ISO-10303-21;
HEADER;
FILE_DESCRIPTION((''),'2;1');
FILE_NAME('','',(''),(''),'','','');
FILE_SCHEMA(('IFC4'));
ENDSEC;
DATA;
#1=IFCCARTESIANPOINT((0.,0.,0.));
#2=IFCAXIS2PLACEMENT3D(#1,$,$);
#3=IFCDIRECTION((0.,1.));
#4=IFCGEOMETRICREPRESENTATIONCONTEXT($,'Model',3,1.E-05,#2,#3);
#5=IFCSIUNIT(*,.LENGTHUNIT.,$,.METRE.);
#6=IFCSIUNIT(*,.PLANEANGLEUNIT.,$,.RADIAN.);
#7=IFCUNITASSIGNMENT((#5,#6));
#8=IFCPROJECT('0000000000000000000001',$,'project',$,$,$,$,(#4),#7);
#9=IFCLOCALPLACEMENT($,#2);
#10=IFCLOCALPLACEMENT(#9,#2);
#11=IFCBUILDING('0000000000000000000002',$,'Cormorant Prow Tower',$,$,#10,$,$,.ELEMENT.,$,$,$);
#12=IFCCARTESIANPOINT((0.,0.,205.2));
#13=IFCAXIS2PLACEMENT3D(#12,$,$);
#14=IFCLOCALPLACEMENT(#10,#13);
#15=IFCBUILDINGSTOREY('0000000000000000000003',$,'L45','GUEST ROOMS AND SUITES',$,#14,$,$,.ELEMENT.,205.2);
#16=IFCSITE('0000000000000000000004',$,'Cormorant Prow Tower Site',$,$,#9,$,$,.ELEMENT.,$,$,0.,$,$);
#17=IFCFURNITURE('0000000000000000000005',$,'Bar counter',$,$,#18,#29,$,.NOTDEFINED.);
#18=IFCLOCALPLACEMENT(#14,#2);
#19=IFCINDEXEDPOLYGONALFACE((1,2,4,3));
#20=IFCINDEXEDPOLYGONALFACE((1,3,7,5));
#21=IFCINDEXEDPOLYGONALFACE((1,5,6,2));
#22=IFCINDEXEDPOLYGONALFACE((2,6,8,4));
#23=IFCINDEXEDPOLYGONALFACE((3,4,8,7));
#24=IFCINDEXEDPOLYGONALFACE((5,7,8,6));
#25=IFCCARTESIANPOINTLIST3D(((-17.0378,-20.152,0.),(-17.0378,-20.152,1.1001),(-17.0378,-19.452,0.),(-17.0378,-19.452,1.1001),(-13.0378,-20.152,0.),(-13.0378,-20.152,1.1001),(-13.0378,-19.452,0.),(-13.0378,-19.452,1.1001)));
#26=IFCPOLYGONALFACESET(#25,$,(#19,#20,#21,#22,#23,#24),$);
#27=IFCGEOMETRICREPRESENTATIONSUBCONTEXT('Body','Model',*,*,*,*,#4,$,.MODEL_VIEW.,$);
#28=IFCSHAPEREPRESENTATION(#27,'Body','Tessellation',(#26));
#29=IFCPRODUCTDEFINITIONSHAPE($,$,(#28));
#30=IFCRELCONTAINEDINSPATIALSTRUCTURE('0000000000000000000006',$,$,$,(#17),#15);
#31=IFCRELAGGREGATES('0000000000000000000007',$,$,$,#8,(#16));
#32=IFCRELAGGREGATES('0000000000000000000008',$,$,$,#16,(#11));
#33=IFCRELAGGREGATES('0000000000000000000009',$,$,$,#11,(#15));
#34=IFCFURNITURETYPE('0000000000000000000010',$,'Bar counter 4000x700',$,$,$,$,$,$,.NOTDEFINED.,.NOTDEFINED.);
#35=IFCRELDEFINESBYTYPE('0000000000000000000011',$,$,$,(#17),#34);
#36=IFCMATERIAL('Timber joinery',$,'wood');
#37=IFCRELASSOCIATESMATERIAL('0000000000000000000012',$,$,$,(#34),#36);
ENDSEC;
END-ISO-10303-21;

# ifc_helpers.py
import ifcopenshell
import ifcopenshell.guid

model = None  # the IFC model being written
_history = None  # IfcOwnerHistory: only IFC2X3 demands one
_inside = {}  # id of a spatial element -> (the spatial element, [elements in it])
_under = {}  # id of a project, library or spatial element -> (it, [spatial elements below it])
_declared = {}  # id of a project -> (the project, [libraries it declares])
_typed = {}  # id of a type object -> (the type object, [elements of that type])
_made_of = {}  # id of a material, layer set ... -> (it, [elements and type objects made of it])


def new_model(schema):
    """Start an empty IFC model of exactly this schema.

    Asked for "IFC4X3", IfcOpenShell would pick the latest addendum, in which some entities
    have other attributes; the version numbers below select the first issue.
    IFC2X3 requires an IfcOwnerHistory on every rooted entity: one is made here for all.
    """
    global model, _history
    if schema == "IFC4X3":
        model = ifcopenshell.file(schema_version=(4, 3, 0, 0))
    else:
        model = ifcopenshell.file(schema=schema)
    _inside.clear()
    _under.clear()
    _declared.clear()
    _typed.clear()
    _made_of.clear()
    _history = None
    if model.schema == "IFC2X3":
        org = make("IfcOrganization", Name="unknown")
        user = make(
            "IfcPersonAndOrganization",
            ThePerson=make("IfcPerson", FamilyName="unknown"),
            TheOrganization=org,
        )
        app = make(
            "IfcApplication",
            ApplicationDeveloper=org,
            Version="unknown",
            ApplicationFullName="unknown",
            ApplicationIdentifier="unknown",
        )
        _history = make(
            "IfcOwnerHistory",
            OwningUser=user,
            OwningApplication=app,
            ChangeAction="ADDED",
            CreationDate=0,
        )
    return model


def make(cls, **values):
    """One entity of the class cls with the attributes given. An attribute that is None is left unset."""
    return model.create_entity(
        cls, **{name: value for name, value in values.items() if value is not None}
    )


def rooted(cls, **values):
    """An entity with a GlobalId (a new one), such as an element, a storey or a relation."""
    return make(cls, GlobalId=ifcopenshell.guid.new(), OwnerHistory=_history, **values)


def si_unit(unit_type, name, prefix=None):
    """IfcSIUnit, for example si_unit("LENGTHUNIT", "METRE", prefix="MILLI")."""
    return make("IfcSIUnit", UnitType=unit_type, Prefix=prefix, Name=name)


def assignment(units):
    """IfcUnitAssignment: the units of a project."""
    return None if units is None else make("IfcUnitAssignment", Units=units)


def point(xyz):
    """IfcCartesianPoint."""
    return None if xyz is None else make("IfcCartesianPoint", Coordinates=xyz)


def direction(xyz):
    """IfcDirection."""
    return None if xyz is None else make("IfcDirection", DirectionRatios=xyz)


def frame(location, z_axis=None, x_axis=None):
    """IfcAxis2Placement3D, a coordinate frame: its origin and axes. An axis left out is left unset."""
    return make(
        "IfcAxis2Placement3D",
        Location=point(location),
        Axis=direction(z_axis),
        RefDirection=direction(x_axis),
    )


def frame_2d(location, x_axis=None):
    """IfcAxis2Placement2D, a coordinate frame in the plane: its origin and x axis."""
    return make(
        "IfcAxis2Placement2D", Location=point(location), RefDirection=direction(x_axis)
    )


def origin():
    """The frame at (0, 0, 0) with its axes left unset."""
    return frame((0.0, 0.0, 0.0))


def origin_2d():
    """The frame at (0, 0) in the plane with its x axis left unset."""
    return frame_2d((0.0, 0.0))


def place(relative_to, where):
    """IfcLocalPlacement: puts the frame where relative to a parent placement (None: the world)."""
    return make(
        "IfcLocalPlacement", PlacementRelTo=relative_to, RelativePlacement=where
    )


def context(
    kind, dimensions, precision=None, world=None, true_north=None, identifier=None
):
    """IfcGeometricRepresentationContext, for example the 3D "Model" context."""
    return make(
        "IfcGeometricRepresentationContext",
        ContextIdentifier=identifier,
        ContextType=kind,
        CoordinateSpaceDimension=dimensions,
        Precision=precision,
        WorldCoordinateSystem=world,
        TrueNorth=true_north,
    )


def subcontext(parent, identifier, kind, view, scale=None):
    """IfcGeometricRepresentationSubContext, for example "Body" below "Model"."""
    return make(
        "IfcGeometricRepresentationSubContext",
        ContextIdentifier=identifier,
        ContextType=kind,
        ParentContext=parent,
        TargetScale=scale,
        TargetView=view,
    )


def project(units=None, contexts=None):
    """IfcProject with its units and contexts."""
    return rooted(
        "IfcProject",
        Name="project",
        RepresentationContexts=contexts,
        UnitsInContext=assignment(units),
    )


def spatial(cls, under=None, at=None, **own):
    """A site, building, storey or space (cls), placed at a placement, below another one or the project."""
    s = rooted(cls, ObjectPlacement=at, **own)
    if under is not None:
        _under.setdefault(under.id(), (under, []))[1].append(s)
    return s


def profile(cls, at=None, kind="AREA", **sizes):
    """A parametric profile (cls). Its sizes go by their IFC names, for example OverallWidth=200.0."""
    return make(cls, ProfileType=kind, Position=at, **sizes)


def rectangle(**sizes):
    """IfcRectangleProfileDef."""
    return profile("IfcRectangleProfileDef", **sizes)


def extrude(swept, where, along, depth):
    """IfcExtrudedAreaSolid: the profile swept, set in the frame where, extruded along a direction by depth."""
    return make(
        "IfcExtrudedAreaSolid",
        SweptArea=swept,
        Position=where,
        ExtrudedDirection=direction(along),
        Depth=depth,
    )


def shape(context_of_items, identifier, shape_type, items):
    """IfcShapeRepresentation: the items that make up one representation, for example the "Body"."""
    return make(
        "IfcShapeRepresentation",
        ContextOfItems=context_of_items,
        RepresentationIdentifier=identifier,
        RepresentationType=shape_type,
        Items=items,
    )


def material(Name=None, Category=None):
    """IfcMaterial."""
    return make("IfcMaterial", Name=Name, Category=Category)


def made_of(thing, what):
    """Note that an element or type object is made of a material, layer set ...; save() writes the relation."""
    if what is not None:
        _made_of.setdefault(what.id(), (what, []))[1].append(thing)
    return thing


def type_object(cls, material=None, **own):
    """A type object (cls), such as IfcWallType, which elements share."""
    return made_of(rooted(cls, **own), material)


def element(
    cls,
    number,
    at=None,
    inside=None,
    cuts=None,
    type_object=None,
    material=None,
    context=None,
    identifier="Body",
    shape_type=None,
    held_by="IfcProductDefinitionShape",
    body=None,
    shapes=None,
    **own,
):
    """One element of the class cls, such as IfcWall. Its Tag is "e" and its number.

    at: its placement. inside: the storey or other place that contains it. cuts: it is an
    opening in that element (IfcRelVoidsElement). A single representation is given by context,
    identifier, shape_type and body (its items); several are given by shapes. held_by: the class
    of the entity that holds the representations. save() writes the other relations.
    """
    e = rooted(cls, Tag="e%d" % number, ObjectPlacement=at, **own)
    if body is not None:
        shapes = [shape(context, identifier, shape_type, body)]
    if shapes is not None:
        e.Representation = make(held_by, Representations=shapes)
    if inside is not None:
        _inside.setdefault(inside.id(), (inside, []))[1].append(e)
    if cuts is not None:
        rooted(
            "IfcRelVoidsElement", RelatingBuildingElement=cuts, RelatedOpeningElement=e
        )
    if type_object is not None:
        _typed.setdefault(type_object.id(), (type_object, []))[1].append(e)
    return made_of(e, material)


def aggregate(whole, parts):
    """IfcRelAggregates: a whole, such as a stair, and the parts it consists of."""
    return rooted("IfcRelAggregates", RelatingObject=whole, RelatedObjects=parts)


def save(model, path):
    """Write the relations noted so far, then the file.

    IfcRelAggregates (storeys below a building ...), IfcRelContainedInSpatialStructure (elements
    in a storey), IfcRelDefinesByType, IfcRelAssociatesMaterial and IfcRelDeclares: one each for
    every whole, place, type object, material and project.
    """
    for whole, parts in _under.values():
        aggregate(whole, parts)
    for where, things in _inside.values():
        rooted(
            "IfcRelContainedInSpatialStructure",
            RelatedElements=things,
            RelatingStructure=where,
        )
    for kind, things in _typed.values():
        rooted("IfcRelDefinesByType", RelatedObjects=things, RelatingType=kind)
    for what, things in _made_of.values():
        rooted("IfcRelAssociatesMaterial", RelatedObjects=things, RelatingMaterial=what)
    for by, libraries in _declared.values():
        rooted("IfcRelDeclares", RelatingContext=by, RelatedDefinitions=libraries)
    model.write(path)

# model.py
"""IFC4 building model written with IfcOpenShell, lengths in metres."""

from ifc_helpers import new_model, si_unit, direction, frame, origin, origin_2d, place, context, subcontext, project, spatial, rectangle, extrude, material, type_object, element, save


model = new_model("IFC4")

# Units and contexts
model_context = context("Model", 3, precision=1e-05, world=origin(), true_north=direction((0.0, 1.0)))
body_context = subcontext(model_context, "Body", "Model", "MODEL_VIEW")
ifc_project = project(units=[si_unit("LENGTHUNIT", "METRE"), si_unit("PLANEANGLEUNIT", "RADIAN")], contexts=[model_context])

# Site, building, storey
site_placement = place(None, origin())
site = spatial("IfcSite", under=ifc_project, at=site_placement, Name="Cormorant Prow Tower Site", CompositionType="ELEMENT", RefElevation=0.0)
building_placement = place(site_placement, origin())
building = spatial("IfcBuilding", under=site, at=building_placement, Name="Cormorant Prow Tower", CompositionType="ELEMENT")
storey_placement = place(building_placement, frame((0.0, 0.0, 205.2)))
storey = spatial("IfcBuildingStorey", under=building, at=storey_placement, Name="L45", Description="GUEST ROOMS AND SUITES", CompositionType="ELEMENT", Elevation=205.2)

# Furniture
ifc_material_1 = material(Name="Timber joinery", Category="wood")
furniture_type_1 = type_object("IfcFurnitureType", Name="Bar counter 4000x700", AssemblyPlace="NOTDEFINED", PredefinedType="NOTDEFINED", material=ifc_material_1)
furniture_1_placement = place(storey_placement, frame((-15.0378, -19.802, 0.0), z_axis=(0.0, 0.0, 1.0), x_axis=(1.0, 0.0, 0.0)))
element("IfcFurniture", 1, at=furniture_1_placement, inside=storey, type_object=furniture_type_1, Name="Bar counter", PredefinedType="NOTDEFINED", context=body_context, shape_type="SweptSolid", body=[
    extrude(rectangle(XDim=4.0, YDim=0.7, at=origin_2d()), origin(), (0.0, 0.0, 1.0), 1.1001),
])

save(model, "model.ifc")
